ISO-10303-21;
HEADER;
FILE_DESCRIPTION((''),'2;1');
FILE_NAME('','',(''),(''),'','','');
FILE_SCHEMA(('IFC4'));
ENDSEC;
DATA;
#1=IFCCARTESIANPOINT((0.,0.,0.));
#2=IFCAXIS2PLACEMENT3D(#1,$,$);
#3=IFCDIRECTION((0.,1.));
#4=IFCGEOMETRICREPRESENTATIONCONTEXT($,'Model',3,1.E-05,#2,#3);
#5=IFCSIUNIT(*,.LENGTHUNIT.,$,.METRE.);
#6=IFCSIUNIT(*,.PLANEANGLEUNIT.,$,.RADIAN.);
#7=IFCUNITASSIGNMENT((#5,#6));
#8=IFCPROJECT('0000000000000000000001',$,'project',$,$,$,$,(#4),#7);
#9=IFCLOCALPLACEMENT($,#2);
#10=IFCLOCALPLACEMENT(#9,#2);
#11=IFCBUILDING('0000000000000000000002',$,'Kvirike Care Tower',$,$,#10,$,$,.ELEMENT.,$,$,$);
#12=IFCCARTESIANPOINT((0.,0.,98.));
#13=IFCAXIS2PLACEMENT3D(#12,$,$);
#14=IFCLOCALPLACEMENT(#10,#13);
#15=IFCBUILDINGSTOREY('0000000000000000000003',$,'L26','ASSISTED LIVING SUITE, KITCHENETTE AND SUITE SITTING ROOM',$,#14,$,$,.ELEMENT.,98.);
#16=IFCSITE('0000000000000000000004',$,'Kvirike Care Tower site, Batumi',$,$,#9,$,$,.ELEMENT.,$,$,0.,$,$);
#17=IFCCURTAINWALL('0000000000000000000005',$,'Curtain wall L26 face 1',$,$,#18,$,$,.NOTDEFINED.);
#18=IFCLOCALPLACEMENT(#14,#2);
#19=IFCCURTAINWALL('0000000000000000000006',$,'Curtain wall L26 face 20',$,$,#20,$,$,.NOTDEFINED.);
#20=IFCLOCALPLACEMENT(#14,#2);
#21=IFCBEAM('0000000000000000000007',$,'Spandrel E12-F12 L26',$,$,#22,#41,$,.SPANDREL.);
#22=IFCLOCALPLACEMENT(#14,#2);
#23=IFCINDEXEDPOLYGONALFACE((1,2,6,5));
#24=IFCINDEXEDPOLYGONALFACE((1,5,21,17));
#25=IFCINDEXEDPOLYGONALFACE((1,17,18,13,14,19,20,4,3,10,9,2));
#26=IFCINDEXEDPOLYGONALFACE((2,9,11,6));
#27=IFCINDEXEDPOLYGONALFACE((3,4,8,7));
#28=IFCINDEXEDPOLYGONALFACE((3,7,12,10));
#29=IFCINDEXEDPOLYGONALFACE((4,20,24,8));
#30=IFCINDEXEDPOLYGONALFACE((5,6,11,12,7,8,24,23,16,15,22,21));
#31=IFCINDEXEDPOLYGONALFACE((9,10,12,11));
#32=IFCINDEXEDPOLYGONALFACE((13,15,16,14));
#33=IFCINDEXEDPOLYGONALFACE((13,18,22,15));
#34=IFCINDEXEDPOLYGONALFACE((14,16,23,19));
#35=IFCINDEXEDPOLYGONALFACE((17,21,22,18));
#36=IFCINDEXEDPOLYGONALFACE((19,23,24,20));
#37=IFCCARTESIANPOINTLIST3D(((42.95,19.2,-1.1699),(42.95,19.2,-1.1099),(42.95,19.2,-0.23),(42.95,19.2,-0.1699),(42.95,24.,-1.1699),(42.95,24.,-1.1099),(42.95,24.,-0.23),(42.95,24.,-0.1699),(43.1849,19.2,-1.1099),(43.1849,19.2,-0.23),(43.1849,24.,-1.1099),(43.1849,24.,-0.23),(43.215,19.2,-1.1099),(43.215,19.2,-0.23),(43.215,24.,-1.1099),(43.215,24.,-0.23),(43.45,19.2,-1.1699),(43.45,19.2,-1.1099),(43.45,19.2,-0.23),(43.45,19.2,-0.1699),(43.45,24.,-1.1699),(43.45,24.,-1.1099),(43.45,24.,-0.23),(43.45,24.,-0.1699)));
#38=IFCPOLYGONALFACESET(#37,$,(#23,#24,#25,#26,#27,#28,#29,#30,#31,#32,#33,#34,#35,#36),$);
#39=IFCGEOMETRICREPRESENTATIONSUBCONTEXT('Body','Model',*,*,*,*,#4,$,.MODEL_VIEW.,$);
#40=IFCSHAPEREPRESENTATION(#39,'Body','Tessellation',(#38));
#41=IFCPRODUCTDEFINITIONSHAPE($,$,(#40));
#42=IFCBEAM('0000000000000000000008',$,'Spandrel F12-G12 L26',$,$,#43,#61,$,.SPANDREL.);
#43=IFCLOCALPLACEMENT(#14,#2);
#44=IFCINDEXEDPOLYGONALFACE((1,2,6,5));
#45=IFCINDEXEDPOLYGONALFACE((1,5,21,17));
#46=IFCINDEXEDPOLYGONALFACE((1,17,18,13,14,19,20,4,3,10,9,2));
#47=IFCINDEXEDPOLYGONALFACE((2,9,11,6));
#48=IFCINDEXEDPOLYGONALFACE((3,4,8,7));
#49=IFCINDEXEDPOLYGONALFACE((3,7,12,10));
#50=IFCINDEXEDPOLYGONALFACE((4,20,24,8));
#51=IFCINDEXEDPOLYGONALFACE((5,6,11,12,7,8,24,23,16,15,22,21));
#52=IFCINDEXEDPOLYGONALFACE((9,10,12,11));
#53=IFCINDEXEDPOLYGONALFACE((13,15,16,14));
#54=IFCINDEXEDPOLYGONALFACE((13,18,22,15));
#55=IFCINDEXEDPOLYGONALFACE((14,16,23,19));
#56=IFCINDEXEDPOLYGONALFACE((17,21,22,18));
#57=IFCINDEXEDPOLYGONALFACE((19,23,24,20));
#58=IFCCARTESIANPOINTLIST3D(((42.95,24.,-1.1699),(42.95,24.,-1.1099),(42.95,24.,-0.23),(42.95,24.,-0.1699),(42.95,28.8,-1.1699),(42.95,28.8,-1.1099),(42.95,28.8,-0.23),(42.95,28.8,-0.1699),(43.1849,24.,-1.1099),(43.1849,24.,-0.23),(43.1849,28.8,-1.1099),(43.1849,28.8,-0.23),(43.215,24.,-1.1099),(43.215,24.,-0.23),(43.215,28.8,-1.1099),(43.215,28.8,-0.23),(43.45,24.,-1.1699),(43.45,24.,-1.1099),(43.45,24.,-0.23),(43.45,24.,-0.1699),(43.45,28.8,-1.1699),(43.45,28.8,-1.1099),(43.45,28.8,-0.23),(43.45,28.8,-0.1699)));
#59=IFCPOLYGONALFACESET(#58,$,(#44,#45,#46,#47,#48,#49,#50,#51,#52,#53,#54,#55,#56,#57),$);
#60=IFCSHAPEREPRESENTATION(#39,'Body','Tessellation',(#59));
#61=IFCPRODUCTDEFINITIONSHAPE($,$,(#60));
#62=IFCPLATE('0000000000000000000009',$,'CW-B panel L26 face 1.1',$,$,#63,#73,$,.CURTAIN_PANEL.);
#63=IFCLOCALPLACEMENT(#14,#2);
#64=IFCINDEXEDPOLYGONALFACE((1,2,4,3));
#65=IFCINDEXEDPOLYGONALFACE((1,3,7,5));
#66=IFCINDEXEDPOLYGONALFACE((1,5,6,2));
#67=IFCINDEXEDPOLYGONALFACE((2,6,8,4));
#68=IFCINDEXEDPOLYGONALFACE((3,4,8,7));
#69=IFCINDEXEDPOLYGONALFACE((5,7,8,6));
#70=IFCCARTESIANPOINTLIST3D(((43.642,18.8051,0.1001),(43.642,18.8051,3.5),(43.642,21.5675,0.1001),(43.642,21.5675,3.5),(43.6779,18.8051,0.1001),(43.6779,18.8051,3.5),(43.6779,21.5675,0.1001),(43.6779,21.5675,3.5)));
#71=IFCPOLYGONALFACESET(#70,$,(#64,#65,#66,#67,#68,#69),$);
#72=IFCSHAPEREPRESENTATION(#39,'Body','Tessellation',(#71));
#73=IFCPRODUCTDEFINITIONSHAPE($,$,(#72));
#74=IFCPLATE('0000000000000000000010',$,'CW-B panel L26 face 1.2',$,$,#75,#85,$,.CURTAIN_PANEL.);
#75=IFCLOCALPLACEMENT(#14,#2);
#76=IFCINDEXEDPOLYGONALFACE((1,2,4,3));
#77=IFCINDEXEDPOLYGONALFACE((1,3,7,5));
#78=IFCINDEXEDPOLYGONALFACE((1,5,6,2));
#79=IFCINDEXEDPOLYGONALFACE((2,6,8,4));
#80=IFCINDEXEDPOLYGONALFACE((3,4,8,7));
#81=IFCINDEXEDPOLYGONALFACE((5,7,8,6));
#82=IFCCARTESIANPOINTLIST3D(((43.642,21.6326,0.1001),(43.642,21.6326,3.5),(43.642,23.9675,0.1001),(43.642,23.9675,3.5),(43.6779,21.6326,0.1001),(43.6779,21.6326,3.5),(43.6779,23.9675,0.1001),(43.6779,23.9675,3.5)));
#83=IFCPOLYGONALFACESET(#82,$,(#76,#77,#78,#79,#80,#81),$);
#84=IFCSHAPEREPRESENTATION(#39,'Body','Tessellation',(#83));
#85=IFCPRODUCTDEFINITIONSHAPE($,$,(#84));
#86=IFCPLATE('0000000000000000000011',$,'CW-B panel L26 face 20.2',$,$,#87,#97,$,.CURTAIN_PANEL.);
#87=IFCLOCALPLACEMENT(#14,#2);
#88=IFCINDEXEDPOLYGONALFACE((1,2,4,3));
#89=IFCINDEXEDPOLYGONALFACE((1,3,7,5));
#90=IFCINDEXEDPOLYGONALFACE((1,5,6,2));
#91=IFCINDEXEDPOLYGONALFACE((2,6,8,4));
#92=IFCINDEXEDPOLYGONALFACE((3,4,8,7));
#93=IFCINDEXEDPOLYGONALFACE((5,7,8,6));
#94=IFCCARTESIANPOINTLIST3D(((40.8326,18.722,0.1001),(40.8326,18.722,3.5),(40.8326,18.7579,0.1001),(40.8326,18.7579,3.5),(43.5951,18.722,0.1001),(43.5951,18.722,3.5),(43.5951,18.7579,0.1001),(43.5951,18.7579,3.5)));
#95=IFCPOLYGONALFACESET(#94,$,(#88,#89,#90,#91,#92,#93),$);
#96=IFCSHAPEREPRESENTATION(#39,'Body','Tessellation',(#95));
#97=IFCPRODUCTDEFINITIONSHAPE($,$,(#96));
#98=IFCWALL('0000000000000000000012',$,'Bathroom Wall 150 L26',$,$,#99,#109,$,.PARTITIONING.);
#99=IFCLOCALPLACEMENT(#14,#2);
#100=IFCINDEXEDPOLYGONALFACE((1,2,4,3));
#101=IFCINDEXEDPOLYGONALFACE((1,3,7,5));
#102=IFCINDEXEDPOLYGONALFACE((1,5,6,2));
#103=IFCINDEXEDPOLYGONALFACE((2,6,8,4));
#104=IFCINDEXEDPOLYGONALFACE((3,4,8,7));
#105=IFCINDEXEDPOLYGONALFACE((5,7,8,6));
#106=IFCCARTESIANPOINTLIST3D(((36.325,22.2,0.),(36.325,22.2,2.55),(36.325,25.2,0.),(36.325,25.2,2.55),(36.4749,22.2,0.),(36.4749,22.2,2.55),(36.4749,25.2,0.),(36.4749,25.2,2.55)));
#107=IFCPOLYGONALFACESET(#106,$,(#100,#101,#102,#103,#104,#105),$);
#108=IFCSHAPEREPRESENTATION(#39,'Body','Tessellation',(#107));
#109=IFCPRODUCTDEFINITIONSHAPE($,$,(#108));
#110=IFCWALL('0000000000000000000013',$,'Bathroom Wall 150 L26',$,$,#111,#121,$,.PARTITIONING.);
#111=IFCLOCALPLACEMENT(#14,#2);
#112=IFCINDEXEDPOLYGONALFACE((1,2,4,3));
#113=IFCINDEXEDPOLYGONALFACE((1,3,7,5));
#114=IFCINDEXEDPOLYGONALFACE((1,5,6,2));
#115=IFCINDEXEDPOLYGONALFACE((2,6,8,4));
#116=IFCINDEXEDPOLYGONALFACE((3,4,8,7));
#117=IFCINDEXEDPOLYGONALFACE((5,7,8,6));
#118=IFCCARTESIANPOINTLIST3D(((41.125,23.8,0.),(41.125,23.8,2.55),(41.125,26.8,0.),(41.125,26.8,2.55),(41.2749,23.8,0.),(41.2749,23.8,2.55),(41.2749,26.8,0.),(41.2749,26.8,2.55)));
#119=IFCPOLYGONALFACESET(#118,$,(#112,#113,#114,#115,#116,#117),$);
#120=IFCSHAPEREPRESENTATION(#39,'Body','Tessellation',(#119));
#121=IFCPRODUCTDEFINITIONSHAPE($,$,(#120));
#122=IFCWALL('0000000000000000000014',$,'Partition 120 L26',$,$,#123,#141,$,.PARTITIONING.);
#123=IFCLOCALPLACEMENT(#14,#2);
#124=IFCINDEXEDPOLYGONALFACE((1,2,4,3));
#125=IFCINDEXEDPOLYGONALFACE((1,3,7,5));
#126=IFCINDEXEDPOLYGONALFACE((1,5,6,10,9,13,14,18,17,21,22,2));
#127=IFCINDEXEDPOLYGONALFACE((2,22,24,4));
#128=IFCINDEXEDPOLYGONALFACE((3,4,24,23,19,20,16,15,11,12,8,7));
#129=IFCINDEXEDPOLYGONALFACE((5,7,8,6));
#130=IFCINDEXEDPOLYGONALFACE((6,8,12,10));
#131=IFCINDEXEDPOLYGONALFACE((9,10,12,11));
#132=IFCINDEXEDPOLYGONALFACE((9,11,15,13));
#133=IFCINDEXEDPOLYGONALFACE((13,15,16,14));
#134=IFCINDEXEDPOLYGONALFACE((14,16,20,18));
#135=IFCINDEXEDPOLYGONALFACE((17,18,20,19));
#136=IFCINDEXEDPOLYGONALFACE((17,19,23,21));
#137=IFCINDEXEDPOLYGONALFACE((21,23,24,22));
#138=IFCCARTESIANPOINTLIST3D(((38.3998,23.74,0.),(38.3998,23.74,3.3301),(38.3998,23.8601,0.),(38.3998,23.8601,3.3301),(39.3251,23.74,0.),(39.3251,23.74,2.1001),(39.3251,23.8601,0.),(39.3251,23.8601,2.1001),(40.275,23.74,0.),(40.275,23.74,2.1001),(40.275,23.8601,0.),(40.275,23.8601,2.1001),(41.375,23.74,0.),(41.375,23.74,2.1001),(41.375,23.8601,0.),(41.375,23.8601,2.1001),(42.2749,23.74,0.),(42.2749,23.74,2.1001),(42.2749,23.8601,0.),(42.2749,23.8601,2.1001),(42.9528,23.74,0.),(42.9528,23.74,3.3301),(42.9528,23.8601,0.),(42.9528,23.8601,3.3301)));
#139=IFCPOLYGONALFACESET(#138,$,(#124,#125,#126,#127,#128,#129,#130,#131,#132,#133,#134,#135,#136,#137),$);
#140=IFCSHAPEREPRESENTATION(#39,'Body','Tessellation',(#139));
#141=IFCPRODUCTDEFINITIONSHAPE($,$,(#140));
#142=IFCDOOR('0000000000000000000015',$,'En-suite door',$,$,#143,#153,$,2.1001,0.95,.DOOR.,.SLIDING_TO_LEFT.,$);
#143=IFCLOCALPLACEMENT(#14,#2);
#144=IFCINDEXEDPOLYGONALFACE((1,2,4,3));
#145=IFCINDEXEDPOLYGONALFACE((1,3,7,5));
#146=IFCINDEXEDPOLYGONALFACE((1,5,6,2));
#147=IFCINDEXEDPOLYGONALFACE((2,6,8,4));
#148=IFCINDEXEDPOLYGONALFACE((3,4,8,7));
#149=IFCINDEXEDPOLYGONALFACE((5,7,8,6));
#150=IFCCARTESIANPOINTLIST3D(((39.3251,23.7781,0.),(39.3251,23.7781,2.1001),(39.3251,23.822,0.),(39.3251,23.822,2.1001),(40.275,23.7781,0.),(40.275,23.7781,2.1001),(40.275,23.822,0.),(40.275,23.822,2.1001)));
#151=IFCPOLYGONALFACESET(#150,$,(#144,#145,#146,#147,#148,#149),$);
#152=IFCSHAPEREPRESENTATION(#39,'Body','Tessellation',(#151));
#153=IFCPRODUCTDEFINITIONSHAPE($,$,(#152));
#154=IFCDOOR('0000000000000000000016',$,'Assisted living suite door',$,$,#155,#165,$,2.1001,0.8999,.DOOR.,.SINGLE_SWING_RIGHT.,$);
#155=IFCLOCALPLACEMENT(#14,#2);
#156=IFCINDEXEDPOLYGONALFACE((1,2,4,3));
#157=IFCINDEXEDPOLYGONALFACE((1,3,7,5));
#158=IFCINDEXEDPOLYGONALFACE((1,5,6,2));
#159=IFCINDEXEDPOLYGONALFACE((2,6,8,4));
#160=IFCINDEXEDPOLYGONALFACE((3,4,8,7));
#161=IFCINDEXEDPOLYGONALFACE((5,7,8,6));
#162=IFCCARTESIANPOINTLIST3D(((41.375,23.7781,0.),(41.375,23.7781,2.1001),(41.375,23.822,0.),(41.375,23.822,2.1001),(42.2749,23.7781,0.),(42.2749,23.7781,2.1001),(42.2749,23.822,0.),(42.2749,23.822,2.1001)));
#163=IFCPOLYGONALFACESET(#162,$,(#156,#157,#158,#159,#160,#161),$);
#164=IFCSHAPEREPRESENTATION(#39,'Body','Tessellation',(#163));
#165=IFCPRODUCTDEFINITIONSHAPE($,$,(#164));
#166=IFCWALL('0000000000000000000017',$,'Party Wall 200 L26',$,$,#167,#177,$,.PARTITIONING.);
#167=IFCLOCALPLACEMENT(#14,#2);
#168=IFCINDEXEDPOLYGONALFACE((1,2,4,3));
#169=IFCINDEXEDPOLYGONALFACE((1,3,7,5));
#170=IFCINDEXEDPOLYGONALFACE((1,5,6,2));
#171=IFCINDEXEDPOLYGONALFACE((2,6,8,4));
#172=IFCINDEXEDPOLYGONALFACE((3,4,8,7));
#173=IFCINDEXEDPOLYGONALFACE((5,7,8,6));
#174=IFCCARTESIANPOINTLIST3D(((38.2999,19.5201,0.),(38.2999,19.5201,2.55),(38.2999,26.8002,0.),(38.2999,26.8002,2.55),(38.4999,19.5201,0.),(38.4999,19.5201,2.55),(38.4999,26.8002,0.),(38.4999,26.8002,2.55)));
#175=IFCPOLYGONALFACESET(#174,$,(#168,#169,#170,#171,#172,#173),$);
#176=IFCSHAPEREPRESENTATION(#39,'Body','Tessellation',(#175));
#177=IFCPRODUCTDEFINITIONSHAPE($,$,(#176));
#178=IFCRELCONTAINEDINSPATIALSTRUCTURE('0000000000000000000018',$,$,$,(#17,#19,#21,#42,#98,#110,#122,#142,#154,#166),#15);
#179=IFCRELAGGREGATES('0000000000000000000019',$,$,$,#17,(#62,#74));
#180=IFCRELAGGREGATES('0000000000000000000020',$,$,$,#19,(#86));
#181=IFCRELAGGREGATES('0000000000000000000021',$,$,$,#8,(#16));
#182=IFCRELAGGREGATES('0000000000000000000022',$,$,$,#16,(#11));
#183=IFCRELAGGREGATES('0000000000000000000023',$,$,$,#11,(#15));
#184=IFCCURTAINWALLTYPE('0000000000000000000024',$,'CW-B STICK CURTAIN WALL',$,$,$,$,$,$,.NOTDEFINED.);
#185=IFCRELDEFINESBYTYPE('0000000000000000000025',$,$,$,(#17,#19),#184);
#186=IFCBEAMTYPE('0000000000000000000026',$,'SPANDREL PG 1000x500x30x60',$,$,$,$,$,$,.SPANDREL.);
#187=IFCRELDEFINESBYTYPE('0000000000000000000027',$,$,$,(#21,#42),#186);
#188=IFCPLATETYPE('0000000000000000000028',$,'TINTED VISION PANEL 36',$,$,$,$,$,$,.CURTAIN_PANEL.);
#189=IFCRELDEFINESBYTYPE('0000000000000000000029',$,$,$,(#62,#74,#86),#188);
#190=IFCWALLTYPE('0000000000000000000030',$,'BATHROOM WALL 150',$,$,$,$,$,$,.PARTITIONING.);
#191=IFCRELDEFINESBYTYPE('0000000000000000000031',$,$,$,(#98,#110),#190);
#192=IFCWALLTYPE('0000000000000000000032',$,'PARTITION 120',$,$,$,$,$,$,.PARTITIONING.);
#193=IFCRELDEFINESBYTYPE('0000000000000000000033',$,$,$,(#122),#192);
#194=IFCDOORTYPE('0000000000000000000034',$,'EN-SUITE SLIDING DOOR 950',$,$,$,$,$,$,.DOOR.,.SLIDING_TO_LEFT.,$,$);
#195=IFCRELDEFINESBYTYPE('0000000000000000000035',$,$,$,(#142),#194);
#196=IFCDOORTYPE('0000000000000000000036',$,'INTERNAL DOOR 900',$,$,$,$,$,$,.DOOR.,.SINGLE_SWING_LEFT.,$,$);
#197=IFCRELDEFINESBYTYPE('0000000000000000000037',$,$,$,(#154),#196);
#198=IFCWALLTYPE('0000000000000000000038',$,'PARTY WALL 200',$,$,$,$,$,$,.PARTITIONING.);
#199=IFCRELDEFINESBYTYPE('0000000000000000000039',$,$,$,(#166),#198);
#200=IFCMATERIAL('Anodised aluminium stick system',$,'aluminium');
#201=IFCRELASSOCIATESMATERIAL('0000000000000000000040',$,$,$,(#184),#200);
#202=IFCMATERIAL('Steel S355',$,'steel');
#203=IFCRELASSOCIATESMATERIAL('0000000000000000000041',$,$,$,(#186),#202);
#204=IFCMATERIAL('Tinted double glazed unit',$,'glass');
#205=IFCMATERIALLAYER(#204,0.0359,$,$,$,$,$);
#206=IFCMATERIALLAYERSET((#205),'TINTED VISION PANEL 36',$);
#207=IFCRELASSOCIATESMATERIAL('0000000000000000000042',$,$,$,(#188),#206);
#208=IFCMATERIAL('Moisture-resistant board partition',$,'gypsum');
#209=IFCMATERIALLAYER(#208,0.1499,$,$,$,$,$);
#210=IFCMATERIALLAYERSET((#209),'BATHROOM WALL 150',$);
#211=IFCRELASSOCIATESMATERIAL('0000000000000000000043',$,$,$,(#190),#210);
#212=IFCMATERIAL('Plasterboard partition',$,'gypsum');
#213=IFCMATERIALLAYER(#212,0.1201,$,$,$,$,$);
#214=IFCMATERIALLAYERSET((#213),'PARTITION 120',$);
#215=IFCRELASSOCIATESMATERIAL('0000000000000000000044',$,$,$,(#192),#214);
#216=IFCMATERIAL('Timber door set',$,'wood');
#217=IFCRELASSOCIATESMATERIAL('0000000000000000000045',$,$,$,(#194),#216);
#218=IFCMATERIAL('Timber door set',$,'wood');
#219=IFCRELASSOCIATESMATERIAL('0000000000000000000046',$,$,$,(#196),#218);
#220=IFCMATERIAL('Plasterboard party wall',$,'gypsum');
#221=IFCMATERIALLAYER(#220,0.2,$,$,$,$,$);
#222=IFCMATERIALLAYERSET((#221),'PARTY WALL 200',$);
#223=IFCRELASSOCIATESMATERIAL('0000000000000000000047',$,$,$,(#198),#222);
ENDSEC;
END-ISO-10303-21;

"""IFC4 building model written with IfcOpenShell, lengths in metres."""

from ifc_helpers import new_model, si_unit, direction, frame, frame_2d, origin, origin_2d, place, context, subcontext, project, spatial, rectangle, i_section, extrude, material, layer, layer_set, material_profile, profile_set, type_object, element, fill, aggregate, save


model = new_model("IFC4")

# Units and contexts
model_context = context("Model", 3, precision=1e-05, world=origin(), true_north=direction((0.0, 1.0)))
body_context = subcontext(model_context, "Body", "Model", "MODEL_VIEW")
ifc_project = project(units=[si_unit("LENGTHUNIT", "METRE"), si_unit("PLANEANGLEUNIT", "RADIAN")], contexts=[model_context])

# Site, building, storey
site_placement = place(None, origin())
site = spatial("IfcSite", under=ifc_project, at=site_placement, Name="Kvirike Care Tower site, Batumi", CompositionType="ELEMENT", RefElevation=0.0)
building_placement = place(site_placement, origin())
building = spatial("IfcBuilding", under=site, at=building_placement, Name="Kvirike Care Tower", CompositionType="ELEMENT")
storey_placement = place(building_placement, frame((0.0, 0.0, 98.0)))
storey = spatial("IfcBuildingStorey", under=building, at=storey_placement, Name="L26", Description="ASSISTED LIVING SUITE, KITCHENETTE AND SUITE SITTING ROOM", CompositionType="ELEMENT", Elevation=98.0)

# Curtain wall
ifc_material_1 = material(Name="Anodised aluminium stick system", Category="aluminium")
curtain_wall_type = type_object("IfcCurtainWallType", Name="CW-B STICK CURTAIN WALL", PredefinedType="NOTDEFINED", material=ifc_material_1)
curtain_wall_1_placement = place(storey_placement, origin())
curtain_wall_1 = element("IfcCurtainWall", 1, at=curtain_wall_1_placement, inside=storey, type_object=curtain_wall_type, Name="Curtain wall L26 face 1", PredefinedType="NOTDEFINED")

# Curtain wall
curtain_wall_2_placement = place(storey_placement, origin())
curtain_wall_2 = element("IfcCurtainWall", 2, at=curtain_wall_2_placement, inside=storey, type_object=curtain_wall_type, Name="Curtain wall L26 face 20", PredefinedType="NOTDEFINED")

# Beams
ifc_material_2 = material(Name="Steel S355", Category="steel")
ifc_material_profile_1 = material_profile(ifc_material_2, i_section(OverallWidth=0.5, OverallDepth=1.0, WebThickness=0.03, FlangeThickness=0.0601, at=origin_2d()), Name="PG 1000x500x30x60")
ifc_profile_set_1 = profile_set([ifc_material_profile_1], Name="Steel S355")
beam_type = type_object("IfcBeamType", Name="SPANDREL PG 1000x500x30x60", PredefinedType="SPANDREL", material=ifc_profile_set_1)
for number, where, z_axis, x_axis, name in (
    (3, (43.2, 19.2, -0.6699), (0.0, 1.0, 0.0), (-1.0, 0.0, 0.0), "Spandrel E12-F12 L26"),
    (4, (43.2, 24.0, -0.6699), (0.0, 1.0, 0.0), (-1.0, 0.0, 0.0), "Spandrel F12-G12 L26"),
):
    element("IfcBeam", number, at=place(storey_placement, frame(where, z_axis=z_axis, x_axis=x_axis)), inside=storey, type_object=beam_type, Name=name, PredefinedType="SPANDREL", context=body_context, shape_type="SweptSolid", body=[
        extrude(i_section(OverallWidth=0.5, OverallDepth=1.0, WebThickness=0.03, FlangeThickness=0.0601, at=origin_2d()), origin(), (0.0, 0.0, 1.0), 4.8),
    ])

# Plates
ifc_material_3 = material(Name="Tinted double glazed unit", Category="glass")
ifc_layer_1 = layer(ifc_material_3, 0.0359)
ifc_layer_set_1 = layer_set([ifc_layer_1], Name="TINTED VISION PANEL 36")
plate_type = type_object("IfcPlateType", Name="TINTED VISION PANEL 36", PredefinedType="CURTAIN_PANEL", material=ifc_layer_set_1)
plate_1_placement = place(storey_placement, frame((43.6599, 20.1863, 0.1001), z_axis=(0.0, 0.0, 1.0), x_axis=(0.0, 1.0, 0.0)))
plate_1 = element("IfcPlate", 5, at=plate_1_placement, type_object=plate_type, Name="CW-B panel L26 face 1.1", PredefinedType="CURTAIN_PANEL", context=body_context, shape_type="SweptSolid", body=[
    extrude(rectangle(XDim=2.7625, YDim=0.0359, at=origin_2d()), origin(), (0.0, 0.0, 1.0), 3.3999),
])
plate_2_placement = place(storey_placement, frame((43.6599, 22.8, 0.1001), z_axis=(0.0, 0.0, 1.0), x_axis=(0.0, 1.0, 0.0)))
plate_2 = element("IfcPlate", 6, at=plate_2_placement, type_object=plate_type, Name="CW-B panel L26 face 1.2", PredefinedType="CURTAIN_PANEL", context=body_context, shape_type="SweptSolid", body=[
    extrude(rectangle(XDim=2.335, YDim=0.0359, at=origin_2d()), origin(), (0.0, 0.0, 1.0), 3.3999),
])
aggregate(curtain_wall_1, [plate_1, plate_2])
plate_3_placement = place(storey_placement, frame((42.2139, 18.74, 0.1001), z_axis=(0.0, 0.0, 1.0), x_axis=(1.0, 0.0, 0.0)))
plate_3 = element("IfcPlate", 7, at=plate_3_placement, type_object=plate_type, Name="CW-B panel L26 face 20.2", PredefinedType="CURTAIN_PANEL", context=body_context, shape_type="SweptSolid", body=[
    extrude(rectangle(XDim=2.7625, YDim=0.0359, at=origin_2d()), origin(), (0.0, 0.0, 1.0), 3.3999),
])
aggregate(curtain_wall_2, [plate_3])

# Walls
ifc_material_4 = material(Name="Moisture-resistant board partition", Category="gypsum")
ifc_layer_2 = layer(ifc_material_4, 0.1499)
ifc_layer_set_2 = layer_set([ifc_layer_2], Name="BATHROOM WALL 150")
wall_type_1 = type_object("IfcWallType", Name="BATHROOM WALL 150", PredefinedType="PARTITIONING", material=ifc_layer_set_2)
for number, where, z_axis, x_axis, name in (
    (8, (36.3999, 22.2, 0.0), (0.0, 0.0, 1.0), (0.0, 1.0, 0.0), "Bathroom Wall 150 L26"),
    (9, (41.2, 23.8, 0.0), (0.0, 0.0, 1.0), (0.0, 1.0, 0.0), "Bathroom Wall 150 L26"),
):
    element("IfcWall", number, at=place(storey_placement, frame(where, z_axis=z_axis, x_axis=x_axis)), inside=storey, type_object=wall_type_1, Name=name, PredefinedType="PARTITIONING", context=body_context, shape_type="SweptSolid", body=[
        extrude(rectangle(XDim=3.0, YDim=0.1499, at=frame_2d((1.5, 0.0))), origin(), (0.0, 0.0, 1.0), 2.55),
    ])

# Wall, openings, doors
ifc_material_5 = material(Name="Plasterboard partition", Category="gypsum")
ifc_layer_3 = layer(ifc_material_5, 0.1201)
ifc_layer_set_3 = layer_set([ifc_layer_3], Name="PARTITION 120")
wall_type_2 = type_object("IfcWallType", Name="PARTITION 120", PredefinedType="PARTITIONING", material=ifc_layer_set_3)
wall_1_placement = place(storey_placement, frame((38.3999, 23.8, 0.0), z_axis=(0.0, 0.0, 1.0), x_axis=(1.0, 0.0, 0.0)))
wall_1 = element("IfcWall", 10, at=wall_1_placement, inside=storey, type_object=wall_type_2, Name="Partition 120 L26", PredefinedType="PARTITIONING", context=body_context, shape_type="SweptSolid", body=[
    extrude(rectangle(XDim=4.553, YDim=0.1201, at=frame_2d((2.2764, 0.0))), origin(), (0.0, 0.0, 1.0), 3.3301),
])
opening_1_placement = place(wall_1_placement, frame((2.9751, 0.0, 0.0)))
opening_1 = element("IfcOpeningElement", 11, at=opening_1_placement, cuts=wall_1, PredefinedType="OPENING", context=body_context, shape_type="SweptSolid", body=[
    extrude(rectangle(XDim=0.8999, YDim=2.1001, at=frame_2d((0.45, 1.05))), frame((0.0, 0.0706, 0.0), z_axis=(0.0, -1.0, 0.0), x_axis=(1.0, 0.0, 0.0)), (0.0, 0.0, 1.0), 0.1411),
])
opening_2_placement = place(wall_1_placement, frame((0.925, 0.0, 0.0)))
opening_2 = element("IfcOpeningElement", 12, at=opening_2_placement, cuts=wall_1, PredefinedType="OPENING", context=body_context, shape_type="SweptSolid", body=[
    extrude(rectangle(XDim=0.95, YDim=2.1001, at=frame_2d((0.4751, 1.05))), frame((0.0, 0.0706, 0.0), z_axis=(0.0, -1.0, 0.0), x_axis=(1.0, 0.0, 0.0)), (0.0, 0.0, 1.0), 0.1411),
])
ifc_material_6 = material(Name="Timber door set", Category="wood")
door_type_1 = type_object("IfcDoorType", Name="EN-SUITE SLIDING DOOR 950", OperationType="SLIDING_TO_LEFT", PredefinedType="DOOR", material=ifc_material_6)
door_1_placement = place(opening_2_placement, origin())
door_1 = element("IfcDoor", 13, at=door_1_placement, inside=storey, type_object=door_type_1, Name="En-suite door", OperationType="SLIDING_TO_LEFT", OverallHeight=2.1001, OverallWidth=0.95, PredefinedType="DOOR", context=body_context, shape_type="SweptSolid", body=[
    extrude(rectangle(XDim=0.95, YDim=2.1001, at=frame_2d((0.4751, 1.05))), frame((0.0, 0.022, 0.0), z_axis=(0.0, -1.0, 0.0), x_axis=(1.0, 0.0, 0.0)), (0.0, 0.0, 1.0), 0.0439),
])
fill(opening_2, door_1)
ifc_material_7 = material(Name="Timber door set", Category="wood")
door_type_2 = type_object("IfcDoorType", Name="INTERNAL DOOR 900", OperationType="SINGLE_SWING_LEFT", PredefinedType="DOOR", material=ifc_material_7)
door_2_placement = place(opening_1_placement, origin())
door_2 = element("IfcDoor", 14, at=door_2_placement, inside=storey, type_object=door_type_2, Name="Assisted living suite door", OperationType="SINGLE_SWING_RIGHT", OverallHeight=2.1001, OverallWidth=0.8999, PredefinedType="DOOR", context=body_context, shape_type="SweptSolid", body=[
    extrude(rectangle(XDim=0.8999, YDim=2.1001, at=frame_2d((0.45, 1.05))), frame((0.0, 0.022, 0.0), z_axis=(0.0, -1.0, 0.0), x_axis=(1.0, 0.0, 0.0)), (0.0, 0.0, 1.0), 0.0439),
])
fill(opening_1, door_2)

# Wall
ifc_material_8 = material(Name="Plasterboard party wall", Category="gypsum")
ifc_layer_4 = layer(ifc_material_8, 0.2)
ifc_layer_set_4 = layer_set([ifc_layer_4], Name="PARTY WALL 200")
wall_type_3 = type_object("IfcWallType", Name="PARTY WALL 200", PredefinedType="PARTITIONING", material=ifc_layer_set_4)
wall_2_placement = place(storey_placement, frame((38.3999, 19.52, 0.0), z_axis=(0.0, 0.0, 1.0), x_axis=(0.0, 1.0, 0.0)))
element("IfcWall", 15, at=wall_2_placement, inside=storey, type_object=wall_type_3, Name="Party Wall 200 L26", PredefinedType="PARTITIONING", context=body_context, shape_type="SweptSolid", body=[
    extrude(rectangle(XDim=7.28, YDim=0.2, at=frame_2d((3.6401, 0.0))), origin(), (0.0, 0.0, 1.0), 2.55),
])

save(model, "model.ifc")
